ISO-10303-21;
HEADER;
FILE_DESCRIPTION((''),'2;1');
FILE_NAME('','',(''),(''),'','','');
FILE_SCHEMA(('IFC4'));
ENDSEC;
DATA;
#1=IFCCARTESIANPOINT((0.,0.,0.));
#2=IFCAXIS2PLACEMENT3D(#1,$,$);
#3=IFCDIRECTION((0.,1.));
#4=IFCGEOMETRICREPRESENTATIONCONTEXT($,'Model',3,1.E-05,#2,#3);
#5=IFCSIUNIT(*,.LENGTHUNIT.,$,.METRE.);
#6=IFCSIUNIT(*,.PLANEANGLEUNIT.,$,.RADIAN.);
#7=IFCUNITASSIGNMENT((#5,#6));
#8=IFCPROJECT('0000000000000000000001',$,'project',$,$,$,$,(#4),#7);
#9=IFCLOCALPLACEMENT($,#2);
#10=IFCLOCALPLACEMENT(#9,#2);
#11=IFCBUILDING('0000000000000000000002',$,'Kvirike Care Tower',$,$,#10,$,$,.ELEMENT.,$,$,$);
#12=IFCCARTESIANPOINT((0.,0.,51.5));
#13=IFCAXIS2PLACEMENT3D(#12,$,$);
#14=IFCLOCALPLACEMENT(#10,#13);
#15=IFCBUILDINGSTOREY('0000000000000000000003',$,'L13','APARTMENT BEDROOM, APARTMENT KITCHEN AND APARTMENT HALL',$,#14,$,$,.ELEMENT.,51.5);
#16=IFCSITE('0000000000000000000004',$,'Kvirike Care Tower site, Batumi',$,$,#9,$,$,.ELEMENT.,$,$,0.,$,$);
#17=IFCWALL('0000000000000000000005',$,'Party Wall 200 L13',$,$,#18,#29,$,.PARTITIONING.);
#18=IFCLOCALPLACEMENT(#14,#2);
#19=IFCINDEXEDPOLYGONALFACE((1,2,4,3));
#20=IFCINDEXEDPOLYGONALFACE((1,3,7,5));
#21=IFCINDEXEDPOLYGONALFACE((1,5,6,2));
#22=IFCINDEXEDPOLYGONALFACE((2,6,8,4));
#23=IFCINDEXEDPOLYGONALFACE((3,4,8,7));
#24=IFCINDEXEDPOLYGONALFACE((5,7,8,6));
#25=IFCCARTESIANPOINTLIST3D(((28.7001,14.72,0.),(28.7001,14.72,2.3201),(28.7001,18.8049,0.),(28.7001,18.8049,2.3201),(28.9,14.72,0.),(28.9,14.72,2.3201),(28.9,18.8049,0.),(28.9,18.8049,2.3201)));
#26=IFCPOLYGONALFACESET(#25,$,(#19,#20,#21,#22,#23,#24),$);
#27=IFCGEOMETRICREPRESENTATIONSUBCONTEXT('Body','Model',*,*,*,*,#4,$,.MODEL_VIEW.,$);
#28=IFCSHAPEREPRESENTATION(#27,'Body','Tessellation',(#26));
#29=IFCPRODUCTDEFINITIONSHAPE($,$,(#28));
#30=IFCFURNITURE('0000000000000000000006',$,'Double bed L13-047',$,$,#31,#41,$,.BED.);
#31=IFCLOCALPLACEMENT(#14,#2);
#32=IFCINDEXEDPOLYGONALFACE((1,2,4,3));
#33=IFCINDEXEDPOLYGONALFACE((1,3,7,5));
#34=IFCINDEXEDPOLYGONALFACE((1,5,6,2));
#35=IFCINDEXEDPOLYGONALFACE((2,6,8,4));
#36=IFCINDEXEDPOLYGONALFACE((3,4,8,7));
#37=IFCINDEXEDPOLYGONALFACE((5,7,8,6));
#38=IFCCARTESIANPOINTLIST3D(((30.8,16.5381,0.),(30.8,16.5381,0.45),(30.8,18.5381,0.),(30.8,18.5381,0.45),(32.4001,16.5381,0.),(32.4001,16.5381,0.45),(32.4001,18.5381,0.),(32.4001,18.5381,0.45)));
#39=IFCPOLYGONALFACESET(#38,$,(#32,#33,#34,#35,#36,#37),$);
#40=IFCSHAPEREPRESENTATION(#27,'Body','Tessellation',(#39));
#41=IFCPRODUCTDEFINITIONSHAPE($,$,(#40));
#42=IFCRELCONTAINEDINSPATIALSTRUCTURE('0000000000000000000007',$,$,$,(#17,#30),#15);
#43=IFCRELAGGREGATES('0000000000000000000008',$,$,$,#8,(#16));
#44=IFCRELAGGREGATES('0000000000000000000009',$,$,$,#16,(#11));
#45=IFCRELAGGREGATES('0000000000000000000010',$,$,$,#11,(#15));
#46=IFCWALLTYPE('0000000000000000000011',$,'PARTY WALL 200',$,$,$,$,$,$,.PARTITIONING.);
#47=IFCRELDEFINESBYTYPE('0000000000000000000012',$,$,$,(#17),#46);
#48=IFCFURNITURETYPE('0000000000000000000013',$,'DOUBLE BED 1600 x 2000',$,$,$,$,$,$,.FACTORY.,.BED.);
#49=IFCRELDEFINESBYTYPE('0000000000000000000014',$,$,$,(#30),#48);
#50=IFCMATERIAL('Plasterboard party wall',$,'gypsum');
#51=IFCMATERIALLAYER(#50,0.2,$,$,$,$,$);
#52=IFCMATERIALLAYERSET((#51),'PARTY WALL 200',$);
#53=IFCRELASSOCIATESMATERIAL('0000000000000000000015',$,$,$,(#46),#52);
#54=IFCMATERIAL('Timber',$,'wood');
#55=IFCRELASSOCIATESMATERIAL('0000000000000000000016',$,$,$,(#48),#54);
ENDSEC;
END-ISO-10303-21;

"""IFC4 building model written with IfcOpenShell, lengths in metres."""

from ifc_helpers import new_model, si_unit, direction, frame, frame_2d, origin, origin_2d, place, context, subcontext, project, spatial, rectangle, extrude, material, layer, layer_set, type_object, element, save


model = new_model("IFC4")

# Units and contexts
model_context = context("Model", 3, precision=1e-05, world=origin(), true_north=direction((0.0, 1.0)))
body_context = subcontext(model_context, "Body", "Model", "MODEL_VIEW")
ifc_project = project(units=[si_unit("LENGTHUNIT", "METRE"), si_unit("PLANEANGLEUNIT", "RADIAN")], contexts=[model_context])

# Site, building, storey
site_placement = place(None, origin())
site = spatial("IfcSite", under=ifc_project, at=site_placement, Name="Kvirike Care Tower site, Batumi", CompositionType="ELEMENT", RefElevation=0.0)
building_placement = place(site_placement, origin())
building = spatial("IfcBuilding", under=site, at=building_placement, Name="Kvirike Care Tower", CompositionType="ELEMENT")
storey_placement = place(building_placement, frame((0.0, 0.0, 51.5)))
storey = spatial("IfcBuildingStorey", under=building, at=storey_placement, Name="L13", Description="APARTMENT BEDROOM, APARTMENT KITCHEN AND APARTMENT HALL", CompositionType="ELEMENT", Elevation=51.5)

# Wall
ifc_material_1 = material(Name="Plasterboard party wall", Category="gypsum")
ifc_layer_1 = layer(ifc_material_1, 0.2)
ifc_layer_set_1 = layer_set([ifc_layer_1], Name="PARTY WALL 200")
wall_type_1 = type_object("IfcWallType", Name="PARTY WALL 200", PredefinedType="PARTITIONING", material=ifc_layer_set_1)
wall_1_placement = place(storey_placement, frame((28.8, 14.72, 0.0), z_axis=(0.0, 0.0, 1.0), x_axis=(0.0, 1.0, 0.0)))
element("IfcWall", 1, at=wall_1_placement, inside=storey, type_object=wall_type_1, Name="Party Wall 200 L13", PredefinedType="PARTITIONING", context=body_context, shape_type="SweptSolid", body=[
    extrude(rectangle(XDim=4.085, YDim=0.2, at=frame_2d((2.0425, 0.0))), origin(), (0.0, 0.0, 1.0), 2.3201),
])

# Furniture
ifc_material_2 = material(Name="Timber", Category="wood")
furniture_type = type_object("IfcFurnitureType", Name="DOUBLE BED 1600 x 2000", AssemblyPlace="FACTORY", PredefinedType="BED", material=ifc_material_2)
furniture_placement = place(storey_placement, frame((31.6001, 17.5381, 0.0), z_axis=(0.0, 0.0, 1.0), x_axis=(1.0, 0.0, 0.0)))
element("IfcFurniture", 2, at=furniture_placement, inside=storey, type_object=furniture_type, Name="Double bed L13-047", PredefinedType="BED", context=body_context, shape_type="SweptSolid", body=[
    extrude(rectangle(XDim=1.6001, YDim=2.0, at=origin_2d()), origin(), (0.0, 0.0, 1.0), 0.45),
])

save(model, "model.ifc")
